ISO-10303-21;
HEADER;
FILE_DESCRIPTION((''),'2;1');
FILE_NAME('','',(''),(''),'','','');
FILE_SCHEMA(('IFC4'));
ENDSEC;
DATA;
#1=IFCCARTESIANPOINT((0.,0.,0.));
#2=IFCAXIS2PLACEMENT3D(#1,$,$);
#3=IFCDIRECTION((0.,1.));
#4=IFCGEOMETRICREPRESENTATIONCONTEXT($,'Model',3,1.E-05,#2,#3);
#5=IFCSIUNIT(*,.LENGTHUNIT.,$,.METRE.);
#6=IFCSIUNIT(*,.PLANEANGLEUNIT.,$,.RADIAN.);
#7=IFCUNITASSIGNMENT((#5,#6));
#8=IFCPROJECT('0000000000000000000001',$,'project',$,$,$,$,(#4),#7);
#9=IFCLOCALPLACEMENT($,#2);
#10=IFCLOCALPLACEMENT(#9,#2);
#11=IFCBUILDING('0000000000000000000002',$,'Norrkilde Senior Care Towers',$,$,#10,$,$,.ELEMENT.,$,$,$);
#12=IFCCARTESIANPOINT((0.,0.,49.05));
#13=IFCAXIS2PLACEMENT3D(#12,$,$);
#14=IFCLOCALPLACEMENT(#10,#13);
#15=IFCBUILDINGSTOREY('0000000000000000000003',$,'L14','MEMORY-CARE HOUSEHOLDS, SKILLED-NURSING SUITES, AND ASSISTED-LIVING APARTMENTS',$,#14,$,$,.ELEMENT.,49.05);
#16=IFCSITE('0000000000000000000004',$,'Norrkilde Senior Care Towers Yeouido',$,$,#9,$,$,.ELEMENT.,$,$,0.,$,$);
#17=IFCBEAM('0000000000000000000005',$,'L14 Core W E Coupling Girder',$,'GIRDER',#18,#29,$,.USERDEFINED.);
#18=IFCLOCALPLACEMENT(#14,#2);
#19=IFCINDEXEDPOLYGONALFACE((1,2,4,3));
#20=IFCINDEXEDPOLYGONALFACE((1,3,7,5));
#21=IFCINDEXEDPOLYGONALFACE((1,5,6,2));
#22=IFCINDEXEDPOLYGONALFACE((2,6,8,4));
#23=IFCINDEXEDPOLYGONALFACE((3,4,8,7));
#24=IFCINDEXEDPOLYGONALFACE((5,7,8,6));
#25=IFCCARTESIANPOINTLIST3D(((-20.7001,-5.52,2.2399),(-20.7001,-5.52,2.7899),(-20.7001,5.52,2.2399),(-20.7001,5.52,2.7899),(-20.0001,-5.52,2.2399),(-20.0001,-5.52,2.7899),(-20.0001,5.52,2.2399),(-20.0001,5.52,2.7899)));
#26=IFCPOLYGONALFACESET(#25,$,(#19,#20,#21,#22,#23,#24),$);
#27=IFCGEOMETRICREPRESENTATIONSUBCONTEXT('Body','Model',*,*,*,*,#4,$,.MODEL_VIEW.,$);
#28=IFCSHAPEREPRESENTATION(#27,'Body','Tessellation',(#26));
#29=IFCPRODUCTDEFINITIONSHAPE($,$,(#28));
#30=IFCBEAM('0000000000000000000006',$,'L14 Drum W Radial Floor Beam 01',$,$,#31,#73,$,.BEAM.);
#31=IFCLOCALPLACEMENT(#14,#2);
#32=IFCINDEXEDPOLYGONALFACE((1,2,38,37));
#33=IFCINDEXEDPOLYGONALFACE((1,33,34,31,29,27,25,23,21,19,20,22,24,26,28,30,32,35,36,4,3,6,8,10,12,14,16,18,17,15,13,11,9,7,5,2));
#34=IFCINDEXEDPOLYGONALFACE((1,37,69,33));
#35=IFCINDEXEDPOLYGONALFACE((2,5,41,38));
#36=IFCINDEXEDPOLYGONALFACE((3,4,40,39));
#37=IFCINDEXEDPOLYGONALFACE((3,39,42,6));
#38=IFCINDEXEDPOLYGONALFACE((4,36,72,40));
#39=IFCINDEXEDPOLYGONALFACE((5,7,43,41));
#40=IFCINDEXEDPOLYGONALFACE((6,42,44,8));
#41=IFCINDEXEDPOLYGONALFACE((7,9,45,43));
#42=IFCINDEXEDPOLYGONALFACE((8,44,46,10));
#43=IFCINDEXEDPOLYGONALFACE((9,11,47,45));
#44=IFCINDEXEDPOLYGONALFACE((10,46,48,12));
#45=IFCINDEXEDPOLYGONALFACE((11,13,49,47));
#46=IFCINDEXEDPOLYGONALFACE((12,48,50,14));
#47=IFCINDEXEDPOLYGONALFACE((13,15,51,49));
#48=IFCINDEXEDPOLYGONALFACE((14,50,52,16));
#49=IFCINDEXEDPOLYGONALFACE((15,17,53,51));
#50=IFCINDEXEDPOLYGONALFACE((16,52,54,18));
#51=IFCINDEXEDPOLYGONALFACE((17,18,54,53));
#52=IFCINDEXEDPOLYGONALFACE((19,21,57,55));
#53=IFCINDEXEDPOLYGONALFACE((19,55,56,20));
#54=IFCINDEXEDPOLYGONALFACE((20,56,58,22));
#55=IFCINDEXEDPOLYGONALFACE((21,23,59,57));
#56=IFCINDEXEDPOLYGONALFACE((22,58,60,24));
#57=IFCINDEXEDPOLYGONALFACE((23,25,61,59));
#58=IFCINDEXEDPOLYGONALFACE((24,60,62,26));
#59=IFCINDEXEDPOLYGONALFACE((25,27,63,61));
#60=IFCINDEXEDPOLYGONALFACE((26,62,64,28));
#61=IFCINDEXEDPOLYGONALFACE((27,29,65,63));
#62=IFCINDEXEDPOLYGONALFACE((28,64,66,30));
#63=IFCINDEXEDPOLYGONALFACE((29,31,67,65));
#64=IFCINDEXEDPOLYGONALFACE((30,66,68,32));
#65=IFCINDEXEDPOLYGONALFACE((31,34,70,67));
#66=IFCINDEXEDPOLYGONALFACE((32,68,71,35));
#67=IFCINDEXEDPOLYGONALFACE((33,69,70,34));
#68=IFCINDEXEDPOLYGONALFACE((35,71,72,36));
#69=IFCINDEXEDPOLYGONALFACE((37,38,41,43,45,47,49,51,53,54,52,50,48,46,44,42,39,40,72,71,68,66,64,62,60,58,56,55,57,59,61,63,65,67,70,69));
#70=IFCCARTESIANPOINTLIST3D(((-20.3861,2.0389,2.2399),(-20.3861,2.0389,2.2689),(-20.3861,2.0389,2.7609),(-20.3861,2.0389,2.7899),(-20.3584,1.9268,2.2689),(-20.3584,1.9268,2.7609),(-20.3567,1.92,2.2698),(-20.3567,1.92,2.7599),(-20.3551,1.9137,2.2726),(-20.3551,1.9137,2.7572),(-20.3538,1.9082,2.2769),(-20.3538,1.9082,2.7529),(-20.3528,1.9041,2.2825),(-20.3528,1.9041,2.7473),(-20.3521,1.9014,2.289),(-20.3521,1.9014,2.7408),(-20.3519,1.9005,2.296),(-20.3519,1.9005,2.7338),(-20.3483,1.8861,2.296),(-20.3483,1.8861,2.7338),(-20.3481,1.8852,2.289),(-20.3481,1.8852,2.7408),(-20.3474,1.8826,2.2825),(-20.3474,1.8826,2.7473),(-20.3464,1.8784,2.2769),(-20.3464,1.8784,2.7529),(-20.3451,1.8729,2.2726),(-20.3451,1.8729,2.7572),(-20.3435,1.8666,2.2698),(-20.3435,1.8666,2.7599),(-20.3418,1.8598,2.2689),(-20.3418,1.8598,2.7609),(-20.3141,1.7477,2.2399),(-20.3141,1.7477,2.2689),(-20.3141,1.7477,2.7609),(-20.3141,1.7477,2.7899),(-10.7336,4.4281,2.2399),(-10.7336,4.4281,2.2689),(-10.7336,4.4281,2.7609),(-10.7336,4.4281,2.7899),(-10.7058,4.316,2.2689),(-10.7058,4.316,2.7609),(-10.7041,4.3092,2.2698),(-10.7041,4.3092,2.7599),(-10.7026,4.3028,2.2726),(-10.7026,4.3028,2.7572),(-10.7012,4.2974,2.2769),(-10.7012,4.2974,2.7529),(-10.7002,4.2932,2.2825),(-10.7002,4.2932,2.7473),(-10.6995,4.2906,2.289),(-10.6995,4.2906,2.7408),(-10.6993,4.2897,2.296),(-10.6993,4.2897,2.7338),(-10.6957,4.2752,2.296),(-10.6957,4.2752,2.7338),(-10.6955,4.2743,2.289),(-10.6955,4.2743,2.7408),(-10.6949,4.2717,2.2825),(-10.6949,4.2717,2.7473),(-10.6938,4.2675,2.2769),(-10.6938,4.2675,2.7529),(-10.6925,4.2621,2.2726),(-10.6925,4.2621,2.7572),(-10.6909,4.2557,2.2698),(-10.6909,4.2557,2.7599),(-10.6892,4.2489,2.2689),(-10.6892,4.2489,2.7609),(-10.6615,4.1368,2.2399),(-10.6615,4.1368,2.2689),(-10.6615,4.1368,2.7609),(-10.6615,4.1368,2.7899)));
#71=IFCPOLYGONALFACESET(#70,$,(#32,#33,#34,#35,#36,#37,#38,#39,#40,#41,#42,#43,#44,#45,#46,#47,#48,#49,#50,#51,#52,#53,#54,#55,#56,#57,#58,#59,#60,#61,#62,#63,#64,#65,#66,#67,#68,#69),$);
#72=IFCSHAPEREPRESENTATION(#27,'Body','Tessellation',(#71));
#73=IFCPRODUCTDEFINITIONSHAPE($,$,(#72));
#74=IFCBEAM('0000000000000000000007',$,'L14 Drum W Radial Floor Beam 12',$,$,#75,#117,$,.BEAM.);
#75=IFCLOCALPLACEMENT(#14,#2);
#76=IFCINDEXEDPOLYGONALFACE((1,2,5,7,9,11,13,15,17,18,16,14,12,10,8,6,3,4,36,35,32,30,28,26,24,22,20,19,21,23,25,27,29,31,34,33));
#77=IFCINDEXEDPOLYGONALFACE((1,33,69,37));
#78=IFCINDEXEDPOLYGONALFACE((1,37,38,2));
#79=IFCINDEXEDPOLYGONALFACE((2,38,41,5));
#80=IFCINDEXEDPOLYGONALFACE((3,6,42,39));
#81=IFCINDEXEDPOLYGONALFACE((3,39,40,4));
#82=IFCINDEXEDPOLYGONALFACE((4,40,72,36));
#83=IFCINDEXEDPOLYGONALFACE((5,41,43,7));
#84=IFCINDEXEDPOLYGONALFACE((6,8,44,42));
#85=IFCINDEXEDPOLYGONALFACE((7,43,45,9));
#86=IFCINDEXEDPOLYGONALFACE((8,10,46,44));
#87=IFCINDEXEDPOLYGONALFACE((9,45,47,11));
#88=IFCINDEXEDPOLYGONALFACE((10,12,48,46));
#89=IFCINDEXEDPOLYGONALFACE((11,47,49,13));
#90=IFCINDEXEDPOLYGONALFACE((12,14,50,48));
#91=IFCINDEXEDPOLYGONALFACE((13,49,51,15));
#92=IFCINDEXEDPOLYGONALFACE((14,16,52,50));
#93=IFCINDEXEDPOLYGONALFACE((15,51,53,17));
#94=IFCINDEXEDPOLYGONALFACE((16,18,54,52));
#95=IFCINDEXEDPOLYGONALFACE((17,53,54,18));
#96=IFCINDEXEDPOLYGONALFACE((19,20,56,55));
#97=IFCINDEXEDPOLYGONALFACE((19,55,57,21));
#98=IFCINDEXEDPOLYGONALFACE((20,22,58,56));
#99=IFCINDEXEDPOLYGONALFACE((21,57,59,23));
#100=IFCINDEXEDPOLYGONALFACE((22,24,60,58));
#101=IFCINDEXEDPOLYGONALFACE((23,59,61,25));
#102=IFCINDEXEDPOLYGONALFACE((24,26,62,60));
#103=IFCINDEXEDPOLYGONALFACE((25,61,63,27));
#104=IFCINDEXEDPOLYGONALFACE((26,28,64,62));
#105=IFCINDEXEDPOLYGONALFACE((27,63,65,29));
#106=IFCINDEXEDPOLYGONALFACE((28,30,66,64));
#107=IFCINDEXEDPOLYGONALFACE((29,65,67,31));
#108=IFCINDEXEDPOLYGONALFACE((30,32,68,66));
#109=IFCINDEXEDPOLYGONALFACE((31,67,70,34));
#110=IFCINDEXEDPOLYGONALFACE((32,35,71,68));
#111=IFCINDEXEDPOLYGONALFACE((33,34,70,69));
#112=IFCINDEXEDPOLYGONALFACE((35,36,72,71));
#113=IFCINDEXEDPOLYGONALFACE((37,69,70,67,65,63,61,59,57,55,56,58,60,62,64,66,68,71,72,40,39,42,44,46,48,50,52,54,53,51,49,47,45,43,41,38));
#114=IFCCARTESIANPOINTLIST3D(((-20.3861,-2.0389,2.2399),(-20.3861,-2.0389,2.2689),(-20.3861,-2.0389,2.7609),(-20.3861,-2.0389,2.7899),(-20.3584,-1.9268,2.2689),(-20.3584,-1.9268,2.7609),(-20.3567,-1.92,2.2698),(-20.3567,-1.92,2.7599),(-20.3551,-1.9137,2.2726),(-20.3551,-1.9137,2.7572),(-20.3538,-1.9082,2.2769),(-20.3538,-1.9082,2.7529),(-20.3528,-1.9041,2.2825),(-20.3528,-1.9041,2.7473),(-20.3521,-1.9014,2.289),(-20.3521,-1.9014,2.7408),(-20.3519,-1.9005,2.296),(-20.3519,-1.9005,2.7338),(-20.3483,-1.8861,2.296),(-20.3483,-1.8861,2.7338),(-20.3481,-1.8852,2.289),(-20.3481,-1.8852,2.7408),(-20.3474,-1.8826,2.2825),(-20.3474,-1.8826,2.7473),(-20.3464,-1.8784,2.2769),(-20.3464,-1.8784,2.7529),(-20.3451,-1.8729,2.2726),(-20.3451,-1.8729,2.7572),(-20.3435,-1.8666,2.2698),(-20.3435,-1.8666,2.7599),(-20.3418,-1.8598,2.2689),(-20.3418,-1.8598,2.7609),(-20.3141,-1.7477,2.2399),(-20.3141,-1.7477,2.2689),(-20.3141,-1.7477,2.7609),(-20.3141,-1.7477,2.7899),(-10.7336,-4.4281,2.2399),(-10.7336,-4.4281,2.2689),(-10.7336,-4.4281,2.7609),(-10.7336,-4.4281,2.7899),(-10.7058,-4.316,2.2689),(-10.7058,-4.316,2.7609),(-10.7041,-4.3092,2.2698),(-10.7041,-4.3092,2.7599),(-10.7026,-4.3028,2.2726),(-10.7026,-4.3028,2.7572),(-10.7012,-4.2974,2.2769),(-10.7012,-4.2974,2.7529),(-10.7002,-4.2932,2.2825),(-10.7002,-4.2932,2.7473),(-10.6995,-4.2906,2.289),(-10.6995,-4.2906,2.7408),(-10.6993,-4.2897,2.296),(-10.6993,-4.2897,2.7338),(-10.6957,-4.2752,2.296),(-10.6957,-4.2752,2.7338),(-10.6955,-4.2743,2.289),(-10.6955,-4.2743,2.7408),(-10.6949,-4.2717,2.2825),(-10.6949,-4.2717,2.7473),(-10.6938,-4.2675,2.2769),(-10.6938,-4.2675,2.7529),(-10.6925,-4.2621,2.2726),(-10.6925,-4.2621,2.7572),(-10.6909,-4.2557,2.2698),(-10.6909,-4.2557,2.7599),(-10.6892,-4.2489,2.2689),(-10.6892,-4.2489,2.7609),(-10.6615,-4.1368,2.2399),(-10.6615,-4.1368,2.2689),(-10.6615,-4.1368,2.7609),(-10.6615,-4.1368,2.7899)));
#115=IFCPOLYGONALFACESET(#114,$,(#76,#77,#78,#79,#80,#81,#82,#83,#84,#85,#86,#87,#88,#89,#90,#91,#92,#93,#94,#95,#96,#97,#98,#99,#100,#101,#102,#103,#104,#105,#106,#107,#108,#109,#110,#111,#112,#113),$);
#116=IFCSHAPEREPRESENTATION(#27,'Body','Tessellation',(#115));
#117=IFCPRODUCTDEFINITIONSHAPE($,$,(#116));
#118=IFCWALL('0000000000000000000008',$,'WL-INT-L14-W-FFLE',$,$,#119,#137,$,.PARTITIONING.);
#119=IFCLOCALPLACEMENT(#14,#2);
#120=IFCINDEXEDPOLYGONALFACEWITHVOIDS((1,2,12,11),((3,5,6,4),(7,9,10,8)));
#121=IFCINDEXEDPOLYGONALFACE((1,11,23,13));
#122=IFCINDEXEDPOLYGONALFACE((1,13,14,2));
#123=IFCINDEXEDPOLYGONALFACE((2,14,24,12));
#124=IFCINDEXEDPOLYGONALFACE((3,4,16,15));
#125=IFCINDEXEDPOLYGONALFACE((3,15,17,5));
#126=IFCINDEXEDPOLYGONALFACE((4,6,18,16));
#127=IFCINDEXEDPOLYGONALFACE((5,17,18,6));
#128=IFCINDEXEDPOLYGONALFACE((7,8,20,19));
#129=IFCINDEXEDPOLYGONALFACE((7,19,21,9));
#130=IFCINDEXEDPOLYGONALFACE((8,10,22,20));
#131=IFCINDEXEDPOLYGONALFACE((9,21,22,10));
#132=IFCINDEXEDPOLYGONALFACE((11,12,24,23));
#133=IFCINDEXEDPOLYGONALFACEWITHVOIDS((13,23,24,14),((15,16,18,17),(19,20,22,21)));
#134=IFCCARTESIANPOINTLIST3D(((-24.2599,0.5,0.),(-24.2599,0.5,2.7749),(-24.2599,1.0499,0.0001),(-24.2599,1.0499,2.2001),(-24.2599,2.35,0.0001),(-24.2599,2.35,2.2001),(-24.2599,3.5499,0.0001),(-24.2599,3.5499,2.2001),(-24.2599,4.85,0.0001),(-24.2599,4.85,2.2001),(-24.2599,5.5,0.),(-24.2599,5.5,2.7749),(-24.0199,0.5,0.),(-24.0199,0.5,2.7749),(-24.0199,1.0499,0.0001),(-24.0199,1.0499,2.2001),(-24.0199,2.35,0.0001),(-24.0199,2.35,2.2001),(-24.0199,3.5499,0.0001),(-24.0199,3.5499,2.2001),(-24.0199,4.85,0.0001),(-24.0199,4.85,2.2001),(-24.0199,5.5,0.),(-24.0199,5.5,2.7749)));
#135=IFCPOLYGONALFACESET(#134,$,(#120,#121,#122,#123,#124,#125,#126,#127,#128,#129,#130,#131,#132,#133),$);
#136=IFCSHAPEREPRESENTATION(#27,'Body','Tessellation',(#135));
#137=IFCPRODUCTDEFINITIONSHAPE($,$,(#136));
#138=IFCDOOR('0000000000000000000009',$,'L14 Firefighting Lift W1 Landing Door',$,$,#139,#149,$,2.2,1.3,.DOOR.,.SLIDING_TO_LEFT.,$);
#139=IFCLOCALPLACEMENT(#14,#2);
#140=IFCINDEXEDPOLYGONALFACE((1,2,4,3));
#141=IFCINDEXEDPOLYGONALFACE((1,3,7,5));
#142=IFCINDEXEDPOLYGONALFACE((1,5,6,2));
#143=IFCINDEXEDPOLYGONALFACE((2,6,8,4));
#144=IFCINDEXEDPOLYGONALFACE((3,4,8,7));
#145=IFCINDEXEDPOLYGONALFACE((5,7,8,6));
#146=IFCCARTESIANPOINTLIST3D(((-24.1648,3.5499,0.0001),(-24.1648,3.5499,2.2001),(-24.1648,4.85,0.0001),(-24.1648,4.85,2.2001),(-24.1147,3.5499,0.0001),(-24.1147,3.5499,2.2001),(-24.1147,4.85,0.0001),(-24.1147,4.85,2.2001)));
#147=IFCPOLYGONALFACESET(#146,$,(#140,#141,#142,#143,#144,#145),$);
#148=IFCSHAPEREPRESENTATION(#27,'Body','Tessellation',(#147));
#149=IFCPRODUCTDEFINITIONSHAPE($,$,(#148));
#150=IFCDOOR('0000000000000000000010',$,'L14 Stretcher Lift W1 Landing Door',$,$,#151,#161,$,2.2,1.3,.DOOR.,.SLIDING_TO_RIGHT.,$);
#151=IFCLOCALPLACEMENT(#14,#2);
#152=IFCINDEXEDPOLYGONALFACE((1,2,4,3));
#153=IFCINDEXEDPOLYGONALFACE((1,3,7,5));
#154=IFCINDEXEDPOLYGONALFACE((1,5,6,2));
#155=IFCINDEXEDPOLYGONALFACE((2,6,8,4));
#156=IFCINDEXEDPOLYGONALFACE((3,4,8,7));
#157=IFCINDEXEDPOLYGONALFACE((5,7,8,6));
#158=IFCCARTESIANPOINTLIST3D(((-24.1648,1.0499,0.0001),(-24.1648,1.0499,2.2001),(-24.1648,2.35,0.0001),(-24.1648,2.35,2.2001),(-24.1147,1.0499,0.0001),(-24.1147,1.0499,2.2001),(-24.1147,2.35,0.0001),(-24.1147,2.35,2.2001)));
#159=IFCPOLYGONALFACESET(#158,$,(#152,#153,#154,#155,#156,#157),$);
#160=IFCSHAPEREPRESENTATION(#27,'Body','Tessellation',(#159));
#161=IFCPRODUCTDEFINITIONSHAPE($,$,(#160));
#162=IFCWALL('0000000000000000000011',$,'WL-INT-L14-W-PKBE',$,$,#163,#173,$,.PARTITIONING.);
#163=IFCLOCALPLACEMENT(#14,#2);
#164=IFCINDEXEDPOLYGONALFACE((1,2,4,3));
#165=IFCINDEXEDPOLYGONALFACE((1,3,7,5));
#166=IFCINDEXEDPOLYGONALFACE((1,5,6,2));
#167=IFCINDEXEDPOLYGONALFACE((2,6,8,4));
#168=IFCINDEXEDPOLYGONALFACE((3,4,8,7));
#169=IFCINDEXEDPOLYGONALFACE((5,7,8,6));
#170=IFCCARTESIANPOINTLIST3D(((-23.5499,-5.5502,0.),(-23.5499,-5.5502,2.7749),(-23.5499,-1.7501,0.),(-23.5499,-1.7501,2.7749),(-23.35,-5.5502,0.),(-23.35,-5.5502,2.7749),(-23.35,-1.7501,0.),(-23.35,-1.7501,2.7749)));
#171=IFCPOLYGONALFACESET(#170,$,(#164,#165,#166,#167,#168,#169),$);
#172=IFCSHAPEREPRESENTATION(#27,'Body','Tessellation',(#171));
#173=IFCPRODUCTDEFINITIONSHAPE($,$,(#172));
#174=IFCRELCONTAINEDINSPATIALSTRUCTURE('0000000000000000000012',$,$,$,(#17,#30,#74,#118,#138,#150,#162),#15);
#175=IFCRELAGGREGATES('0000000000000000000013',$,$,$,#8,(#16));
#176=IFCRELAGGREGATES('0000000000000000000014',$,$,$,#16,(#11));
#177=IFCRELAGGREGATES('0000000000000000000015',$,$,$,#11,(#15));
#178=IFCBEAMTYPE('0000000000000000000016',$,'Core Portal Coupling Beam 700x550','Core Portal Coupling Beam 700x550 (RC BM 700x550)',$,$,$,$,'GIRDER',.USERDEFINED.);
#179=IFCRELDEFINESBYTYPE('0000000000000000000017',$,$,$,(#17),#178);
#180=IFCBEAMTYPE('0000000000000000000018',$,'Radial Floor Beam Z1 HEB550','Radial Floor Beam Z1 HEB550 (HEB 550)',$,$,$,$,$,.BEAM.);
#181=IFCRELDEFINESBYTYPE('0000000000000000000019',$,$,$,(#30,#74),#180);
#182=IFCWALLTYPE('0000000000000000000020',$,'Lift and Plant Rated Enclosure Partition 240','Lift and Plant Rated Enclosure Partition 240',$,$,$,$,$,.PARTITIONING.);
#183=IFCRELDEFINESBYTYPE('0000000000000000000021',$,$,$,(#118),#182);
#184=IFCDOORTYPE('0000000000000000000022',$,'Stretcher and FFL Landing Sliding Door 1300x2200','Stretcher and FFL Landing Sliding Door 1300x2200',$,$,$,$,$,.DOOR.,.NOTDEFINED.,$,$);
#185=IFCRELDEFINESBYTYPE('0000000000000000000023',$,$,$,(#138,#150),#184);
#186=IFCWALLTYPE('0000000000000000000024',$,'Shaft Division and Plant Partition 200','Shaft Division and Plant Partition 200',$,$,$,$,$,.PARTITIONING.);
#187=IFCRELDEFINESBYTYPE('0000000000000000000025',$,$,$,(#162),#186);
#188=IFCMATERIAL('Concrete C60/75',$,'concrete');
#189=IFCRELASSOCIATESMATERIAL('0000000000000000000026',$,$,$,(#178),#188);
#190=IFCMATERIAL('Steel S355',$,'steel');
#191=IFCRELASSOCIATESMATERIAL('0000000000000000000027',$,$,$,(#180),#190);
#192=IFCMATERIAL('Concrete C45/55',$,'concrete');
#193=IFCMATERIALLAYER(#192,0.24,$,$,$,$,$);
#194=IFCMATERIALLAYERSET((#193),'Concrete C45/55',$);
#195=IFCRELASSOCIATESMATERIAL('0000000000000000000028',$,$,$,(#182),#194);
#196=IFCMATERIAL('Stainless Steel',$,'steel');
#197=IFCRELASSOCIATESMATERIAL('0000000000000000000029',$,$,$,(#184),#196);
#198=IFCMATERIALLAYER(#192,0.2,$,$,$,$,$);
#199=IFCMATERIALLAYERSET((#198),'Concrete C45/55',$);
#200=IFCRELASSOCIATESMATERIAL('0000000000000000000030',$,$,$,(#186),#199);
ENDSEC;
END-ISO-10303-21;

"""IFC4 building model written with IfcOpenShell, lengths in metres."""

from ifc_helpers import new_model, si_unit, direction, frame, frame_2d, origin, origin_2d, place, context, subcontext, project, spatial, rectangle, i_section, extrude, source, transform, mapped, material, layer, layer_set, material_profile, profile_set, type_object, type_shapes, element, fill, save


model = new_model("IFC4")

# Units and contexts
model_context = context("Model", 3, precision=1e-05, world=origin(), true_north=direction((0.0, 1.0)))
body_context = subcontext(model_context, "Body", "Model", "MODEL_VIEW")
ifc_project = project(units=[si_unit("LENGTHUNIT", "METRE"), si_unit("PLANEANGLEUNIT", "RADIAN")], contexts=[model_context])

# Site, building, storey
site_placement = place(None, origin())
site = spatial("IfcSite", under=ifc_project, at=site_placement, Name="Norrkilde Senior Care Towers Yeouido", CompositionType="ELEMENT", RefElevation=0.0)
building_placement = place(site_placement, origin())
building = spatial("IfcBuilding", under=site, at=building_placement, Name="Norrkilde Senior Care Towers", CompositionType="ELEMENT")
storey_placement = place(building_placement, frame((0.0, 0.0, 49.05)))
storey = spatial("IfcBuildingStorey", under=building, at=storey_placement, Name="L14", Description="MEMORY-CARE HOUSEHOLDS, SKILLED-NURSING SUITES, AND ASSISTED-LIVING APARTMENTS", CompositionType="ELEMENT", Elevation=49.05)

# Beams
ifc_material_1 = material(Name="Concrete C60/75", Category="concrete")
ifc_material_profile_1 = material_profile(ifc_material_1, rectangle(XDim=0.7, YDim=0.55, at=origin_2d()), Name="RC BM 700x550")
ifc_profile_set_1 = profile_set([ifc_material_profile_1], Name="Concrete C60/75")
beam_type_1 = type_object("IfcBeamType", Name="Core Portal Coupling Beam 700x550", Description="Core Portal Coupling Beam 700x550 (RC BM 700x550)", ElementType="GIRDER", PredefinedType="USERDEFINED", material=ifc_profile_set_1)
shared_shape_1 = source(origin(), body_context, "Body", "SweptSolid", [
    extrude(rectangle(XDim=0.7, YDim=0.55, at=origin_2d()), origin(), (0.0, 0.0, 1.0), 11.04),
])
type_shapes(beam_type_1, [shared_shape_1])
beam_placement = place(storey_placement, frame((-20.3501, -5.52, 2.5149), z_axis=(0.0, 1.0, 0.0), x_axis=(-1.0, 0.0, 0.0)))
element("IfcBeam", 1, at=beam_placement, inside=storey, type_object=beam_type_1, Name="L14 Core W E Coupling Girder", ObjectType="GIRDER", PredefinedType="USERDEFINED", context=body_context, shape_type="MappedRepresentation", body=[
    mapped(shared_shape_1, transform((0.0, 0.0, 0.0), x_axis=(1.0, 0.0, 0.0), y_axis=(0.0, 1.0, 0.0), z_axis=(0.0, 0.0, 1.0), scale=1.0)),
])
ifc_material_2 = material(Name="Steel S355", Category="steel")
ifc_material_profile_2 = material_profile(ifc_material_2, i_section(OverallWidth=0.3, OverallDepth=0.55, WebThickness=0.0149, FlangeThickness=0.0291, FilletRadius=0.0271, at=origin_2d()), Name="HEB 550")
ifc_profile_set_2 = profile_set([ifc_material_profile_2], Name="Steel S355")
beam_type_2 = type_object("IfcBeamType", Name="Radial Floor Beam Z1 HEB550", Description="Radial Floor Beam Z1 HEB550 (HEB 550)", PredefinedType="BEAM", material=ifc_profile_set_2)
shared_shape_2 = source(origin(), body_context, "Body", "SweptSolid", [
    extrude(i_section(OverallWidth=0.3, OverallDepth=0.55, WebThickness=0.0149, FlangeThickness=0.0291, FilletRadius=0.0271, at=origin_2d()), origin(), (0.0, 0.0, 1.0), 9.9438),
])
type_shapes(beam_type_2, [shared_shape_2])
for number, where, z_axis, x_axis, name in (
    (2, (-20.3501, 1.8933, 2.5149), (0.970707, 0.240265, 0.0), (-0.240265, 0.970707, 0.0), "L14 Drum W Radial Floor Beam 01"),
    (3, (-20.3501, -1.8933, 2.5149), (0.970707, -0.240265, 0.0), (0.240265, 0.970707, 0.0), "L14 Drum W Radial Floor Beam 12"),
):
    element("IfcBeam", number, at=place(storey_placement, frame(where, z_axis=z_axis, x_axis=x_axis)), inside=storey, type_object=beam_type_2, Name=name, PredefinedType="BEAM", context=body_context, shape_type="MappedRepresentation", body=[
        mapped(shared_shape_2, transform((0.0, 0.0, 0.0), x_axis=(1.0, 0.0, 0.0), y_axis=(0.0, 1.0, 0.0), z_axis=(0.0, 0.0, 1.0), scale=1.0)),
    ])

# Wall, openings, doors
ifc_material_3 = material(Name="Concrete C45/55", Category="concrete")
ifc_layer_1 = layer(ifc_material_3, 0.24)
ifc_layer_set_1 = layer_set([ifc_layer_1], Name="Concrete C45/55")
wall_type_1 = type_object("IfcWallType", Name="Lift and Plant Rated Enclosure Partition 240", Description="Lift and Plant Rated Enclosure Partition 240", PredefinedType="PARTITIONING", material=ifc_layer_set_1)
shared_shape_3 = source(origin(), body_context, "Body", "SweptSolid", [
    extrude(rectangle(XDim=5.0, YDim=0.24, at=frame_2d((2.5, 0.0))), origin(), (0.0, 0.0, 1.0), 2.7749),
])
wall_1_placement = place(storey_placement, frame((-24.1399, 0.5, 0.0), z_axis=(0.0, 0.0, 1.0), x_axis=(0.0, 1.0, 0.0)))
wall_1 = element("IfcWall", 4, at=wall_1_placement, inside=storey, type_object=wall_type_1, Name="WL-INT-L14-W-FFLE", PredefinedType="PARTITIONING", context=body_context, shape_type="MappedRepresentation", body=[
    mapped(shared_shape_3, transform((0.0, 0.0, 0.0), x_axis=(1.0, 0.0, 0.0), y_axis=(0.0, 1.0, 0.0), z_axis=(0.0, 0.0, 1.0), scale=1.0)),
])
opening_1_placement = place(wall_1_placement, frame((3.05, 0.0, 0.0)))
opening_1 = element("IfcOpeningElement", 5, at=opening_1_placement, cuts=wall_1, PredefinedType="OPENING", context=body_context, shape_type="SweptSolid", body=[
    extrude(rectangle(XDim=1.3, YDim=2.2, at=frame_2d((0.6499, 1.1001))), frame((0.0, 0.1299, 0.0), z_axis=(0.0, -1.0, 0.0), x_axis=(1.0, 0.0, 0.0)), (0.0, 0.0, 1.0), 0.26),
])
opening_2_placement = place(wall_1_placement, frame((0.55, 0.0, 0.0)))
opening_2 = element("IfcOpeningElement", 6, at=opening_2_placement, cuts=wall_1, PredefinedType="OPENING", context=body_context, shape_type="SweptSolid", body=[
    extrude(rectangle(XDim=1.3, YDim=2.2, at=frame_2d((0.6499, 1.1001))), frame((0.0, 0.1299, 0.0), z_axis=(0.0, -1.0, 0.0), x_axis=(1.0, 0.0, 0.0)), (0.0, 0.0, 1.0), 0.26),
])
ifc_material_4 = material(Name="Stainless Steel", Category="steel")
door_type_1 = type_object("IfcDoorType", Name="Stretcher and FFL Landing Sliding Door 1300x2200", Description="Stretcher and FFL Landing Sliding Door 1300x2200", OperationType="NOTDEFINED", PredefinedType="DOOR", material=ifc_material_4)
shared_shape_4 = source(origin(), body_context, "Body", "SweptSolid", [
    extrude(rectangle(XDim=1.3, YDim=2.2, at=frame_2d((0.6499, 1.1001))), frame((0.0, 0.0249, 0.0), z_axis=(0.0, -1.0, 0.0), x_axis=(1.0, 0.0, 0.0)), (0.0, 0.0, 1.0), 0.05),
])
type_shapes(door_type_1, [shared_shape_4])
door_1_placement = place(opening_1_placement, origin())
door_1 = element("IfcDoor", 7, at=door_1_placement, inside=storey, type_object=door_type_1, Name="L14 Firefighting Lift W1 Landing Door", OperationType="SLIDING_TO_LEFT", OverallHeight=2.2, OverallWidth=1.3, PredefinedType="DOOR", context=body_context, shape_type="MappedRepresentation", body=[
    mapped(shared_shape_4, transform((0.0, 0.0, 0.0), x_axis=(1.0, 0.0, 0.0), y_axis=(0.0, 1.0, 0.0), z_axis=(0.0, 0.0, 1.0), scale=1.0)),
])
fill(opening_1, door_1)
door_2_placement = place(opening_2_placement, origin())
door_2 = element("IfcDoor", 8, at=door_2_placement, inside=storey, type_object=door_type_1, Name="L14 Stretcher Lift W1 Landing Door", OperationType="SLIDING_TO_RIGHT", OverallHeight=2.2, OverallWidth=1.3, PredefinedType="DOOR", context=body_context, shape_type="MappedRepresentation", body=[
    mapped(shared_shape_4, transform((0.0, 0.0, 0.0), x_axis=(1.0, 0.0, 0.0), y_axis=(0.0, 1.0, 0.0), z_axis=(0.0, 0.0, 1.0), scale=1.0)),
])
fill(opening_2, door_2)

# Wall
ifc_layer_2 = layer(ifc_material_3, 0.2)
ifc_layer_set_2 = layer_set([ifc_layer_2], Name="Concrete C45/55")
wall_type_2 = type_object("IfcWallType", Name="Shaft Division and Plant Partition 200", Description="Shaft Division and Plant Partition 200", PredefinedType="PARTITIONING", material=ifc_layer_set_2)
shared_shape_5 = source(origin(), body_context, "Body", "SweptSolid", [
    extrude(rectangle(XDim=3.8, YDim=0.2, at=frame_2d((1.8999, 0.0))), origin(), (0.0, 0.0, 1.0), 2.7749),
])
type_shapes(wall_type_2, [shared_shape_5])
wall_2_placement = place(storey_placement, frame((-23.45, -5.55, 0.0), z_axis=(0.0, 0.0, 1.0), x_axis=(0.0, 1.0, 0.0)))
element("IfcWall", 9, at=wall_2_placement, inside=storey, type_object=wall_type_2, Name="WL-INT-L14-W-PKBE", PredefinedType="PARTITIONING", context=body_context, shape_type="MappedRepresentation", body=[
    mapped(shared_shape_5, transform((0.0, 0.0, 0.0), x_axis=(1.0, 0.0, 0.0), y_axis=(0.0, 1.0, 0.0), z_axis=(0.0, 0.0, 1.0), scale=1.0)),
])

save(model, "model.ifc")
